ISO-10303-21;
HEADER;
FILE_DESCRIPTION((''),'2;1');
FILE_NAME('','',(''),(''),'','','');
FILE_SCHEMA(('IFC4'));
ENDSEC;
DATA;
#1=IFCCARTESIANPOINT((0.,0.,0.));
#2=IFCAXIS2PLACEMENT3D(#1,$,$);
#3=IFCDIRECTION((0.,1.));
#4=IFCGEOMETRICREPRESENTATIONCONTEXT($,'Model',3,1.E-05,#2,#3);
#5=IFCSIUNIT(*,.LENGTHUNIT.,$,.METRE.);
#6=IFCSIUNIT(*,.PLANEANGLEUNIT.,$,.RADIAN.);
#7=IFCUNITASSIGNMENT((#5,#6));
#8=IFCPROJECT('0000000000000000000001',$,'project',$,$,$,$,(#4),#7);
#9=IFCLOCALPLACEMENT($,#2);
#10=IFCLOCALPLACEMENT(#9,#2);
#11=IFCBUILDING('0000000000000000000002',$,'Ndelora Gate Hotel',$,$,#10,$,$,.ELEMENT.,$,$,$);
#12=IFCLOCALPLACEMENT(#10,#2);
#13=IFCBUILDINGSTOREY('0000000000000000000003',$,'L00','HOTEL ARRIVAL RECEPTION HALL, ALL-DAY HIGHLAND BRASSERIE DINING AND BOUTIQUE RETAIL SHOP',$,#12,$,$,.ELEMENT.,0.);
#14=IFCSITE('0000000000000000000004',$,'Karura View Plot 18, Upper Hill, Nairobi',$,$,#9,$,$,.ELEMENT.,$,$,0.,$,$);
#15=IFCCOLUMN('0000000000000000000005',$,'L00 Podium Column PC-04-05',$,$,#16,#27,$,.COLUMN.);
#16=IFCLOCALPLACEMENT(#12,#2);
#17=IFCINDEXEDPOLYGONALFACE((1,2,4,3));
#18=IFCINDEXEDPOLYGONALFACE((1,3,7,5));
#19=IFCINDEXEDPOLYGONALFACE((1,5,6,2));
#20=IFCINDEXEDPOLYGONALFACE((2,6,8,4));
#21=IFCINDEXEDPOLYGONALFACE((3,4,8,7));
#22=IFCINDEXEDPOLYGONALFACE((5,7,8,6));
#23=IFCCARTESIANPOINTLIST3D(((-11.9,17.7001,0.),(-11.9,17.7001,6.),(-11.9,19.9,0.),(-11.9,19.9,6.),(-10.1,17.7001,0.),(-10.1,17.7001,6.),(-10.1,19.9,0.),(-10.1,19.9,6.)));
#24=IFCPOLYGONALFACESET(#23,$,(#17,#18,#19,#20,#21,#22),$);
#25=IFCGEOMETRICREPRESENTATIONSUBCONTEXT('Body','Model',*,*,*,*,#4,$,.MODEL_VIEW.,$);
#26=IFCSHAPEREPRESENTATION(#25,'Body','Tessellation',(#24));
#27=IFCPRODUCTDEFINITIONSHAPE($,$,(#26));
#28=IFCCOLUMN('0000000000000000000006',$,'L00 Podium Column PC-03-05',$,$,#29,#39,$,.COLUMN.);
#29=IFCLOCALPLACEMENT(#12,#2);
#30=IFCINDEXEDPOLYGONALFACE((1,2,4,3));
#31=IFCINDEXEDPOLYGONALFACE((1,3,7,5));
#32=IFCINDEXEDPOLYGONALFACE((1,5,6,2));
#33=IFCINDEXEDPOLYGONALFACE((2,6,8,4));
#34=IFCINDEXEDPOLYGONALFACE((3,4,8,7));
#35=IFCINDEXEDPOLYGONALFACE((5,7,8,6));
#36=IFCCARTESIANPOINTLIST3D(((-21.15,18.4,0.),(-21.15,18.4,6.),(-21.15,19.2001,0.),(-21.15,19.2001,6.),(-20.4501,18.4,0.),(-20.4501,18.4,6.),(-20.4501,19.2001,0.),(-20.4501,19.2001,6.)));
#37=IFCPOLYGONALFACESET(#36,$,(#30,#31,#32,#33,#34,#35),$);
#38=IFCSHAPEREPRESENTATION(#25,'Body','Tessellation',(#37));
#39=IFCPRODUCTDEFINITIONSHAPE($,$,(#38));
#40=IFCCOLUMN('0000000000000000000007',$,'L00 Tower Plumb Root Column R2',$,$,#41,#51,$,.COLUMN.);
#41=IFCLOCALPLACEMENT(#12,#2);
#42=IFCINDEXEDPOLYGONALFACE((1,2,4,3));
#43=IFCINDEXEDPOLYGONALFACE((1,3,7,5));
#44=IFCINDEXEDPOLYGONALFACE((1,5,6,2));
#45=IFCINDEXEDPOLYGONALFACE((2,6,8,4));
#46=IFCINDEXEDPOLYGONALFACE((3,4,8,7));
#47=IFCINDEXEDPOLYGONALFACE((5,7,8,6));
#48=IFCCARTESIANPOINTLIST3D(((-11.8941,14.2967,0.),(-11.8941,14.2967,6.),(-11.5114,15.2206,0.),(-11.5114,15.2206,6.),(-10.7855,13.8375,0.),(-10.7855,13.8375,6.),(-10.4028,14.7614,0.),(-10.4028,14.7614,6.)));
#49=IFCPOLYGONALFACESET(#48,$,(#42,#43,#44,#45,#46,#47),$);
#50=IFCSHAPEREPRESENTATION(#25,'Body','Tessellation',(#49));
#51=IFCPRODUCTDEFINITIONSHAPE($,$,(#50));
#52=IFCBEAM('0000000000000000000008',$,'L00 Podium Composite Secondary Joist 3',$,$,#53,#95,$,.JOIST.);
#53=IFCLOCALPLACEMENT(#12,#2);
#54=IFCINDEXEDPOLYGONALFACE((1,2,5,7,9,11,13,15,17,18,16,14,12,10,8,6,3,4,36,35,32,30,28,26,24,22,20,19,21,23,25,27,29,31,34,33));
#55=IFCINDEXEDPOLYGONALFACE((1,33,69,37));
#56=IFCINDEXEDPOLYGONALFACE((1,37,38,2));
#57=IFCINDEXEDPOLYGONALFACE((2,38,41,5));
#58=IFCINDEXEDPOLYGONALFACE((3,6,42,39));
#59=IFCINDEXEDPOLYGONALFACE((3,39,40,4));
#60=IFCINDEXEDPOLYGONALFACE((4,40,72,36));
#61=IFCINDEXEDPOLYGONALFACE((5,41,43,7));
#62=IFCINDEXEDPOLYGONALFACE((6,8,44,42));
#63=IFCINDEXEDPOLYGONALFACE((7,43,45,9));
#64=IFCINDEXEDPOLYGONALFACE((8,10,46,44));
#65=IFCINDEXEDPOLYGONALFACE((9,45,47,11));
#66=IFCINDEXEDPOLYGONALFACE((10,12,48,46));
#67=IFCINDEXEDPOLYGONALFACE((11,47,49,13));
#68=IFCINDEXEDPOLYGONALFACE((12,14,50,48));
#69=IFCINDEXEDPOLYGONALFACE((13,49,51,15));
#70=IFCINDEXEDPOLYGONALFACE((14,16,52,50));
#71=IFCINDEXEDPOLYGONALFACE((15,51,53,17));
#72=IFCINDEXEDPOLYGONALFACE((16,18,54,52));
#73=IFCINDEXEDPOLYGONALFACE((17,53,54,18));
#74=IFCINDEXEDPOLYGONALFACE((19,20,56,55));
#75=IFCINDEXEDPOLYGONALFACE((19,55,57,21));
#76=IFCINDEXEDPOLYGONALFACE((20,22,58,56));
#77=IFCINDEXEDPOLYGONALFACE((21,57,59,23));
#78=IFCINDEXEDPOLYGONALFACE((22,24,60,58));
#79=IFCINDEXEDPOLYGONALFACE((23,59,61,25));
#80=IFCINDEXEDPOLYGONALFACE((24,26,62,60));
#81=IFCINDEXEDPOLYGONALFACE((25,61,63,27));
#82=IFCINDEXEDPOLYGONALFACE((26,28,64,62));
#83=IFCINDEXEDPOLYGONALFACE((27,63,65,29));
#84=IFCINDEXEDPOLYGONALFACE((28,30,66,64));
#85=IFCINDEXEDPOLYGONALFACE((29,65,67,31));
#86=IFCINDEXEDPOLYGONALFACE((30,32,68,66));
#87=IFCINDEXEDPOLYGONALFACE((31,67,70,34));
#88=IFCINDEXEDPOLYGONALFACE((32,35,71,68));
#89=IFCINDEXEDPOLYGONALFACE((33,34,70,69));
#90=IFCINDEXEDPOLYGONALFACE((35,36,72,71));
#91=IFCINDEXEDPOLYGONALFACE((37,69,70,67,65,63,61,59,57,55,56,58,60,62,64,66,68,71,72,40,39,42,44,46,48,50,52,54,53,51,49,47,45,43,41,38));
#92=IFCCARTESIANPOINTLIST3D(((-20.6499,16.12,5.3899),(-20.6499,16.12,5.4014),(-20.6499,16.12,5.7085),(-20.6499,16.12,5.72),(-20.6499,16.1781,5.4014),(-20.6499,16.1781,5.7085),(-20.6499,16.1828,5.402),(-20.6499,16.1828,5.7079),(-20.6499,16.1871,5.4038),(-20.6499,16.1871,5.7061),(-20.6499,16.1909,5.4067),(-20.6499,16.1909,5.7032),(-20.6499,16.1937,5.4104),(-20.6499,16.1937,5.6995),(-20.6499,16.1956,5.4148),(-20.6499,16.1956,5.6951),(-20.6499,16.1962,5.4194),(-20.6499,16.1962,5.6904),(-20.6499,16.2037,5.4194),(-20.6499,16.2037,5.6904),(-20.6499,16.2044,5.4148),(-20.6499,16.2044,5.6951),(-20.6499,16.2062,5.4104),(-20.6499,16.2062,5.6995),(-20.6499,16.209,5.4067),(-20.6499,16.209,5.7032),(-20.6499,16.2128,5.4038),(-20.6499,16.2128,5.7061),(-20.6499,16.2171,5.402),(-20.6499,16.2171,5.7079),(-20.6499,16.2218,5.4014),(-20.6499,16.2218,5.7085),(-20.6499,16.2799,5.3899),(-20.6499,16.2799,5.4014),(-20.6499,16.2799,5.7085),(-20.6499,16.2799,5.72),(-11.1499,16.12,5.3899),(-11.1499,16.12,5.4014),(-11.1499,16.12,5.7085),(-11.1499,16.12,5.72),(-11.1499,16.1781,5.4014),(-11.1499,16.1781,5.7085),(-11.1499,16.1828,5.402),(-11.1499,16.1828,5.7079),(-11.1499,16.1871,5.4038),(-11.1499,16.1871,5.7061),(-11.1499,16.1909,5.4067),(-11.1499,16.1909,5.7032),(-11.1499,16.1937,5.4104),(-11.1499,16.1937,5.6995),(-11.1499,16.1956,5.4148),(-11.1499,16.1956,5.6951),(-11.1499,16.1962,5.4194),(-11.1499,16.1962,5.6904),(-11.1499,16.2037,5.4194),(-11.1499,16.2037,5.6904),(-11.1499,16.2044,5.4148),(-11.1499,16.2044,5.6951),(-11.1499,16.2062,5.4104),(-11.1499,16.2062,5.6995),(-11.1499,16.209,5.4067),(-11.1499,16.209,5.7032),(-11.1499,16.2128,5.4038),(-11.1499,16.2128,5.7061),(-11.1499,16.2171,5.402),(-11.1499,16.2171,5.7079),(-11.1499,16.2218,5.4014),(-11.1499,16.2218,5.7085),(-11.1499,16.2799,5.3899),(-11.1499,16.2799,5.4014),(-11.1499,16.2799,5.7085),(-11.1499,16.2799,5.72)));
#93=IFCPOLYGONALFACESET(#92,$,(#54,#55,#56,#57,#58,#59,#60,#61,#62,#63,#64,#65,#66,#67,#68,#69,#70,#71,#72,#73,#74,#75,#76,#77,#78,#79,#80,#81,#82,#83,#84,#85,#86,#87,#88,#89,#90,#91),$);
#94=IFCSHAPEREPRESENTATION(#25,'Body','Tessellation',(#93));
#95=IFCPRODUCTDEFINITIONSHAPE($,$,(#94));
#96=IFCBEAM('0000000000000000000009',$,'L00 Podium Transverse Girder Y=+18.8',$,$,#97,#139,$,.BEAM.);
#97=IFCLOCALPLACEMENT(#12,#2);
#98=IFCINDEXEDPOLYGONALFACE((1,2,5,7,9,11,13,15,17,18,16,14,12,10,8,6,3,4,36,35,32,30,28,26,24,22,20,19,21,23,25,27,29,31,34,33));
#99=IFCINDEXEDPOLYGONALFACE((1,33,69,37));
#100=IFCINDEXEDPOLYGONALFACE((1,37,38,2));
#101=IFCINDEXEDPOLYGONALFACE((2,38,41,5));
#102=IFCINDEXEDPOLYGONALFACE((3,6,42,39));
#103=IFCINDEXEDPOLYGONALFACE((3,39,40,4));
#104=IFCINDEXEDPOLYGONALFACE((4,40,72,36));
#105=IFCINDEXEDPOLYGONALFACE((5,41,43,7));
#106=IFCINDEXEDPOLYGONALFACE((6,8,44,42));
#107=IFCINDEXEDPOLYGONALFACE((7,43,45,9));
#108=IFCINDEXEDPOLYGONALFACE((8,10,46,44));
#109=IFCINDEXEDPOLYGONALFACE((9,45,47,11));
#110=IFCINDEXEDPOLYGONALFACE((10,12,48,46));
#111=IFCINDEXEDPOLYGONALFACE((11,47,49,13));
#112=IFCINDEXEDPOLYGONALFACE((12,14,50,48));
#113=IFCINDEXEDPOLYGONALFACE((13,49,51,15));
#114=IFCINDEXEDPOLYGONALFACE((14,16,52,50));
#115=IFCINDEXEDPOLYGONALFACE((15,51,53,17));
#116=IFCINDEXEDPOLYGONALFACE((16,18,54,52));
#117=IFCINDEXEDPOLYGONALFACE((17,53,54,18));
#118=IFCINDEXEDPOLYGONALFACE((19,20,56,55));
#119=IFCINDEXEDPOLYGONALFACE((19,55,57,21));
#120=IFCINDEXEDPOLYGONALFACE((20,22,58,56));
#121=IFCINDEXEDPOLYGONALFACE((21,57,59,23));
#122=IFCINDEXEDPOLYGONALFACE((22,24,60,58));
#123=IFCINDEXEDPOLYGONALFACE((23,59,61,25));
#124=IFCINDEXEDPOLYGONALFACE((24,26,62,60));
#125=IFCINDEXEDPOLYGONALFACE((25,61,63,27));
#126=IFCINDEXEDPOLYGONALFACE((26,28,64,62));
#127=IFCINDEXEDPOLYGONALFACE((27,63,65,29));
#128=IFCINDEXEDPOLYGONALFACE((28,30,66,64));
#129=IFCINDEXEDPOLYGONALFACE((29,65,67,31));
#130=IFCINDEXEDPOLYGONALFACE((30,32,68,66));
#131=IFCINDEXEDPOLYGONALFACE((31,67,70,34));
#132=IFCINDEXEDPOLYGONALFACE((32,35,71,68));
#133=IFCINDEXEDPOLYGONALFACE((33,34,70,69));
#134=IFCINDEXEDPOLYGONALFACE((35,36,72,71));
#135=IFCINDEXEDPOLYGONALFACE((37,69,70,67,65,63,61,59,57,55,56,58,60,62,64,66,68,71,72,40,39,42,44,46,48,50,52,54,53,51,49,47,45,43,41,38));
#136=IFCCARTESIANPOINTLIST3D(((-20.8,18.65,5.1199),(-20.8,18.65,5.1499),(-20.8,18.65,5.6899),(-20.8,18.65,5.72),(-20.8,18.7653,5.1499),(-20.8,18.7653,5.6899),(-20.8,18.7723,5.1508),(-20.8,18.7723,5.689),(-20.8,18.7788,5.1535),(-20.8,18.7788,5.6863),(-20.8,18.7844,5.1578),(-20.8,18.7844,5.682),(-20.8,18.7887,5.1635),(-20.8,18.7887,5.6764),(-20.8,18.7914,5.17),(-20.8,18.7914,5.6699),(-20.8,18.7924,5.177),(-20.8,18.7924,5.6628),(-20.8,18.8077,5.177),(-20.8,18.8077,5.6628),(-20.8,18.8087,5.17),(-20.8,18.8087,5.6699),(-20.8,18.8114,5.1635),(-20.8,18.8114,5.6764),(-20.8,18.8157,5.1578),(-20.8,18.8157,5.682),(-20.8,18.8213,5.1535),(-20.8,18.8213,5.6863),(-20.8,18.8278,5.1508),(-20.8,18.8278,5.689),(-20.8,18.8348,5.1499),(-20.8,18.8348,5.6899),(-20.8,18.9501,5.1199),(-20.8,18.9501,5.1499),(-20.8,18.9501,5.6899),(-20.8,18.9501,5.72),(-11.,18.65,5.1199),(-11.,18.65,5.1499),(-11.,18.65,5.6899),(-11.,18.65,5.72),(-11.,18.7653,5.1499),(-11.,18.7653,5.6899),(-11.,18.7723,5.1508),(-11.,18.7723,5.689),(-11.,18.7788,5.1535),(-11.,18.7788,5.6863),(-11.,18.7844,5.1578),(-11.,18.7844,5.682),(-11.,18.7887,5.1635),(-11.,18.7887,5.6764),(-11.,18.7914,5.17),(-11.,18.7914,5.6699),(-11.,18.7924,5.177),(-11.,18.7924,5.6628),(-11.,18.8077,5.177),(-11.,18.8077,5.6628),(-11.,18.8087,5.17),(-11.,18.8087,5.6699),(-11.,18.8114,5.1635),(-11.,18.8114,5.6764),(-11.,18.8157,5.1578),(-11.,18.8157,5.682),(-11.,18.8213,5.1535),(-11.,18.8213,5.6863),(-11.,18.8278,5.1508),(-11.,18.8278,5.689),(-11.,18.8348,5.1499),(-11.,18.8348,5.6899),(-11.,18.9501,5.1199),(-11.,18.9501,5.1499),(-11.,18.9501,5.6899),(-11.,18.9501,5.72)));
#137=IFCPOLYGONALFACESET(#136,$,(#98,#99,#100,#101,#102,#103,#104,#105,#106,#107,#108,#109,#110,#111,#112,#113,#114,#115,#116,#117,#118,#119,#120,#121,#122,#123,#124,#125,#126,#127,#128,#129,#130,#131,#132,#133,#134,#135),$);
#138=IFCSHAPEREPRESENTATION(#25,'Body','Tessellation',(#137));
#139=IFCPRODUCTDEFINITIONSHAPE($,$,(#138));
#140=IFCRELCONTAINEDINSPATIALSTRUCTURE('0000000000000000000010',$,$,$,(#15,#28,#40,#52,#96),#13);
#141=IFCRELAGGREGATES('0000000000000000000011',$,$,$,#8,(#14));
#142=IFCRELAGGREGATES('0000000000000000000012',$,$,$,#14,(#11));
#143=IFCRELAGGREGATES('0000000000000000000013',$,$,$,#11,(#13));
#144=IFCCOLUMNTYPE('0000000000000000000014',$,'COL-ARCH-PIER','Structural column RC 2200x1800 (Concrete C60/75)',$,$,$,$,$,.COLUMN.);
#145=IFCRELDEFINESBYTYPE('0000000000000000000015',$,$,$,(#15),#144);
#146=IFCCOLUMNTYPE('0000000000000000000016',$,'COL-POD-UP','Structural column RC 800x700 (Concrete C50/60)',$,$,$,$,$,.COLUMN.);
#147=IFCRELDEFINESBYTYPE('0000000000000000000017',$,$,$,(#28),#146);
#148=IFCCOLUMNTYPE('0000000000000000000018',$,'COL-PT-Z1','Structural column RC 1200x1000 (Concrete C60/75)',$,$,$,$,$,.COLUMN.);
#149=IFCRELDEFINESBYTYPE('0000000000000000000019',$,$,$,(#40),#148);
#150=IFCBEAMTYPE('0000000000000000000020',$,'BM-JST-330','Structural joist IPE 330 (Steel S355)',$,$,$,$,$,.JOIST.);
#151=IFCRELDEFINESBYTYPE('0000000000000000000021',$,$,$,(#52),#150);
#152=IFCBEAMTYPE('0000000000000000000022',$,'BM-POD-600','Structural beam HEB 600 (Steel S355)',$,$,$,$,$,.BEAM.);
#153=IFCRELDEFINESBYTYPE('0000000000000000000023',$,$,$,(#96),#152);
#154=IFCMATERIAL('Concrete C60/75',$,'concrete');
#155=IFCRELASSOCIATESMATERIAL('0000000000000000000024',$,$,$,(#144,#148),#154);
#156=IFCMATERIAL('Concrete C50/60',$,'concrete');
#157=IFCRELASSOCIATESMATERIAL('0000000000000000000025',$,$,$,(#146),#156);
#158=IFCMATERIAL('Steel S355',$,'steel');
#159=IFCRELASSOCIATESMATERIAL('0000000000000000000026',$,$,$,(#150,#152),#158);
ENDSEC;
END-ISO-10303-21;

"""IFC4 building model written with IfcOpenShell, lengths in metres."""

from ifc_helpers import new_model, si_unit, direction, frame, origin, origin_2d, place, context, subcontext, project, spatial, rectangle, i_section, extrude, material, material_profile, profile_set, type_object, element, save


model = new_model("IFC4")

# Units and contexts
model_context = context("Model", 3, precision=1e-05, world=origin(), true_north=direction((0.0, 1.0)))
body_context = subcontext(model_context, "Body", "Model", "MODEL_VIEW")
ifc_project = project(units=[si_unit("LENGTHUNIT", "METRE"), si_unit("PLANEANGLEUNIT", "RADIAN")], contexts=[model_context])

# Site, building, storey
site_placement = place(None, origin())
site = spatial("IfcSite", under=ifc_project, at=site_placement, Name="Karura View Plot 18, Upper Hill, Nairobi", CompositionType="ELEMENT", RefElevation=0.0)
building_placement = place(site_placement, origin())
building = spatial("IfcBuilding", under=site, at=building_placement, Name="Ndelora Gate Hotel", CompositionType="ELEMENT")
storey_placement = place(building_placement, origin())
storey = spatial("IfcBuildingStorey", under=building, at=storey_placement, Name="L00", Description="HOTEL ARRIVAL RECEPTION HALL, ALL-DAY HIGHLAND BRASSERIE DINING AND BOUTIQUE RETAIL SHOP", CompositionType="ELEMENT", Elevation=0.0)

# Columns
ifc_material_1 = material(Name="Concrete C60/75", Category="concrete")
ifc_material_profile_1 = material_profile(ifc_material_1, rectangle(XDim=1.8, YDim=2.2, at=origin_2d()), Name="RC 2200x1800")
ifc_profile_set_1 = profile_set([ifc_material_profile_1], Name="Concrete C60/75")
column_type_1 = type_object("IfcColumnType", Name="COL-ARCH-PIER", Description="Structural column RC 2200x1800 (Concrete C60/75)", PredefinedType="COLUMN", material=ifc_profile_set_1)
column_1_placement = place(storey_placement, frame((-11.0, 18.8, 0.0), z_axis=(0.0, 0.0, 1.0), x_axis=(1.0, 0.0, 0.0)))
element("IfcColumn", 1, at=column_1_placement, inside=storey, type_object=column_type_1, Name="L00 Podium Column PC-04-05", PredefinedType="COLUMN", context=body_context, shape_type="SweptSolid", body=[
    extrude(rectangle(XDim=1.8, YDim=2.2, at=origin_2d()), origin(), (0.0, 0.0, 1.0), 6.0),
])
ifc_material_2 = material(Name="Concrete C50/60", Category="concrete")
ifc_material_profile_2 = material_profile(ifc_material_2, rectangle(XDim=0.7, YDim=0.8, at=origin_2d()), Name="RC 800x700")
ifc_profile_set_2 = profile_set([ifc_material_profile_2], Name="Concrete C50/60")
column_type_2 = type_object("IfcColumnType", Name="COL-POD-UP", Description="Structural column RC 800x700 (Concrete C50/60)", PredefinedType="COLUMN", material=ifc_profile_set_2)
column_2_placement = place(storey_placement, frame((-20.8, 18.8, 0.0), z_axis=(0.0, 0.0, 1.0), x_axis=(1.0, 0.0, 0.0)))
element("IfcColumn", 2, at=column_2_placement, inside=storey, type_object=column_type_2, Name="L00 Podium Column PC-03-05", PredefinedType="COLUMN", context=body_context, shape_type="SweptSolid", body=[
    extrude(rectangle(XDim=0.7, YDim=0.8, at=origin_2d()), origin(), (0.0, 0.0, 1.0), 6.0),
])
ifc_material_profile_3 = material_profile(ifc_material_1, rectangle(XDim=1.0, YDim=1.2, at=origin_2d()), Name="RC 1200x1000")
ifc_profile_set_3 = profile_set([ifc_material_profile_3], Name="Concrete C60/75")
column_type_3 = type_object("IfcColumnType", Name="COL-PT-Z1", Description="Structural column RC 1200x1000 (Concrete C60/75)", PredefinedType="COLUMN", material=ifc_profile_set_3)
column_3_placement = place(storey_placement, frame((-11.1484, 14.5291, 0.0), z_axis=(0.0, 0.0, 1.0), x_axis=(0.382683, 0.92388, 0.0)))
element("IfcColumn", 3, at=column_3_placement, inside=storey, type_object=column_type_3, Name="L00 Tower Plumb Root Column R2", PredefinedType="COLUMN", context=body_context, shape_type="SweptSolid", body=[
    extrude(rectangle(XDim=1.0, YDim=1.2, at=origin_2d()), origin(), (0.0, 0.0, 1.0), 6.0),
])

# Beams
ifc_material_3 = material(Name="Steel S355", Category="steel")
ifc_material_profile_4 = material_profile(ifc_material_3, i_section(OverallWidth=0.1599, OverallDepth=0.3301, WebThickness=0.0076, FlangeThickness=0.0115, FilletRadius=0.0181, at=origin_2d()), Name="IPE 330")
ifc_profile_set_4 = profile_set([ifc_material_profile_4], Name="Steel S355")
beam_type_1 = type_object("IfcBeamType", Name="BM-JST-330", Description="Structural joist IPE 330 (Steel S355)", PredefinedType="JOIST", material=ifc_profile_set_4)
beam_1_placement = place(storey_placement, frame((-20.6499, 16.2, 5.5549), z_axis=(1.0, 0.0, 0.0), x_axis=(0.0, 1.0, 0.0)))
element("IfcBeam", 4, at=beam_1_placement, inside=storey, type_object=beam_type_1, Name="L00 Podium Composite Secondary Joist 3", PredefinedType="JOIST", context=body_context, shape_type="SweptSolid", body=[
    extrude(i_section(OverallWidth=0.1599, OverallDepth=0.3301, WebThickness=0.0076, FlangeThickness=0.0115, FilletRadius=0.0181, at=origin_2d()), origin(), (0.0, 0.0, 1.0), 9.5),
])
ifc_material_profile_5 = material_profile(ifc_material_3, i_section(OverallWidth=0.3, OverallDepth=0.6001, WebThickness=0.0154, FlangeThickness=0.03, FilletRadius=0.0271, at=origin_2d()), Name="HEB 600")
ifc_profile_set_5 = profile_set([ifc_material_profile_5], Name="Steel S355")
beam_type_2 = type_object("IfcBeamType", Name="BM-POD-600", Description="Structural beam HEB 600 (Steel S355)", PredefinedType="BEAM", material=ifc_profile_set_5)
beam_2_placement = place(storey_placement, frame((-20.8, 18.8, 5.4199), z_axis=(1.0, 0.0, 0.0), x_axis=(0.0, 1.0, 0.0)))
element("IfcBeam", 5, at=beam_2_placement, inside=storey, type_object=beam_type_2, Name="L00 Podium Transverse Girder Y=+18.8", PredefinedType="BEAM", context=body_context, shape_type="SweptSolid", body=[
    extrude(i_section(OverallWidth=0.3, OverallDepth=0.6001, WebThickness=0.0154, FlangeThickness=0.03, FilletRadius=0.0271, at=origin_2d()), origin(), (0.0, 0.0, 1.0), 9.8),
])

save(model, "model.ifc")
